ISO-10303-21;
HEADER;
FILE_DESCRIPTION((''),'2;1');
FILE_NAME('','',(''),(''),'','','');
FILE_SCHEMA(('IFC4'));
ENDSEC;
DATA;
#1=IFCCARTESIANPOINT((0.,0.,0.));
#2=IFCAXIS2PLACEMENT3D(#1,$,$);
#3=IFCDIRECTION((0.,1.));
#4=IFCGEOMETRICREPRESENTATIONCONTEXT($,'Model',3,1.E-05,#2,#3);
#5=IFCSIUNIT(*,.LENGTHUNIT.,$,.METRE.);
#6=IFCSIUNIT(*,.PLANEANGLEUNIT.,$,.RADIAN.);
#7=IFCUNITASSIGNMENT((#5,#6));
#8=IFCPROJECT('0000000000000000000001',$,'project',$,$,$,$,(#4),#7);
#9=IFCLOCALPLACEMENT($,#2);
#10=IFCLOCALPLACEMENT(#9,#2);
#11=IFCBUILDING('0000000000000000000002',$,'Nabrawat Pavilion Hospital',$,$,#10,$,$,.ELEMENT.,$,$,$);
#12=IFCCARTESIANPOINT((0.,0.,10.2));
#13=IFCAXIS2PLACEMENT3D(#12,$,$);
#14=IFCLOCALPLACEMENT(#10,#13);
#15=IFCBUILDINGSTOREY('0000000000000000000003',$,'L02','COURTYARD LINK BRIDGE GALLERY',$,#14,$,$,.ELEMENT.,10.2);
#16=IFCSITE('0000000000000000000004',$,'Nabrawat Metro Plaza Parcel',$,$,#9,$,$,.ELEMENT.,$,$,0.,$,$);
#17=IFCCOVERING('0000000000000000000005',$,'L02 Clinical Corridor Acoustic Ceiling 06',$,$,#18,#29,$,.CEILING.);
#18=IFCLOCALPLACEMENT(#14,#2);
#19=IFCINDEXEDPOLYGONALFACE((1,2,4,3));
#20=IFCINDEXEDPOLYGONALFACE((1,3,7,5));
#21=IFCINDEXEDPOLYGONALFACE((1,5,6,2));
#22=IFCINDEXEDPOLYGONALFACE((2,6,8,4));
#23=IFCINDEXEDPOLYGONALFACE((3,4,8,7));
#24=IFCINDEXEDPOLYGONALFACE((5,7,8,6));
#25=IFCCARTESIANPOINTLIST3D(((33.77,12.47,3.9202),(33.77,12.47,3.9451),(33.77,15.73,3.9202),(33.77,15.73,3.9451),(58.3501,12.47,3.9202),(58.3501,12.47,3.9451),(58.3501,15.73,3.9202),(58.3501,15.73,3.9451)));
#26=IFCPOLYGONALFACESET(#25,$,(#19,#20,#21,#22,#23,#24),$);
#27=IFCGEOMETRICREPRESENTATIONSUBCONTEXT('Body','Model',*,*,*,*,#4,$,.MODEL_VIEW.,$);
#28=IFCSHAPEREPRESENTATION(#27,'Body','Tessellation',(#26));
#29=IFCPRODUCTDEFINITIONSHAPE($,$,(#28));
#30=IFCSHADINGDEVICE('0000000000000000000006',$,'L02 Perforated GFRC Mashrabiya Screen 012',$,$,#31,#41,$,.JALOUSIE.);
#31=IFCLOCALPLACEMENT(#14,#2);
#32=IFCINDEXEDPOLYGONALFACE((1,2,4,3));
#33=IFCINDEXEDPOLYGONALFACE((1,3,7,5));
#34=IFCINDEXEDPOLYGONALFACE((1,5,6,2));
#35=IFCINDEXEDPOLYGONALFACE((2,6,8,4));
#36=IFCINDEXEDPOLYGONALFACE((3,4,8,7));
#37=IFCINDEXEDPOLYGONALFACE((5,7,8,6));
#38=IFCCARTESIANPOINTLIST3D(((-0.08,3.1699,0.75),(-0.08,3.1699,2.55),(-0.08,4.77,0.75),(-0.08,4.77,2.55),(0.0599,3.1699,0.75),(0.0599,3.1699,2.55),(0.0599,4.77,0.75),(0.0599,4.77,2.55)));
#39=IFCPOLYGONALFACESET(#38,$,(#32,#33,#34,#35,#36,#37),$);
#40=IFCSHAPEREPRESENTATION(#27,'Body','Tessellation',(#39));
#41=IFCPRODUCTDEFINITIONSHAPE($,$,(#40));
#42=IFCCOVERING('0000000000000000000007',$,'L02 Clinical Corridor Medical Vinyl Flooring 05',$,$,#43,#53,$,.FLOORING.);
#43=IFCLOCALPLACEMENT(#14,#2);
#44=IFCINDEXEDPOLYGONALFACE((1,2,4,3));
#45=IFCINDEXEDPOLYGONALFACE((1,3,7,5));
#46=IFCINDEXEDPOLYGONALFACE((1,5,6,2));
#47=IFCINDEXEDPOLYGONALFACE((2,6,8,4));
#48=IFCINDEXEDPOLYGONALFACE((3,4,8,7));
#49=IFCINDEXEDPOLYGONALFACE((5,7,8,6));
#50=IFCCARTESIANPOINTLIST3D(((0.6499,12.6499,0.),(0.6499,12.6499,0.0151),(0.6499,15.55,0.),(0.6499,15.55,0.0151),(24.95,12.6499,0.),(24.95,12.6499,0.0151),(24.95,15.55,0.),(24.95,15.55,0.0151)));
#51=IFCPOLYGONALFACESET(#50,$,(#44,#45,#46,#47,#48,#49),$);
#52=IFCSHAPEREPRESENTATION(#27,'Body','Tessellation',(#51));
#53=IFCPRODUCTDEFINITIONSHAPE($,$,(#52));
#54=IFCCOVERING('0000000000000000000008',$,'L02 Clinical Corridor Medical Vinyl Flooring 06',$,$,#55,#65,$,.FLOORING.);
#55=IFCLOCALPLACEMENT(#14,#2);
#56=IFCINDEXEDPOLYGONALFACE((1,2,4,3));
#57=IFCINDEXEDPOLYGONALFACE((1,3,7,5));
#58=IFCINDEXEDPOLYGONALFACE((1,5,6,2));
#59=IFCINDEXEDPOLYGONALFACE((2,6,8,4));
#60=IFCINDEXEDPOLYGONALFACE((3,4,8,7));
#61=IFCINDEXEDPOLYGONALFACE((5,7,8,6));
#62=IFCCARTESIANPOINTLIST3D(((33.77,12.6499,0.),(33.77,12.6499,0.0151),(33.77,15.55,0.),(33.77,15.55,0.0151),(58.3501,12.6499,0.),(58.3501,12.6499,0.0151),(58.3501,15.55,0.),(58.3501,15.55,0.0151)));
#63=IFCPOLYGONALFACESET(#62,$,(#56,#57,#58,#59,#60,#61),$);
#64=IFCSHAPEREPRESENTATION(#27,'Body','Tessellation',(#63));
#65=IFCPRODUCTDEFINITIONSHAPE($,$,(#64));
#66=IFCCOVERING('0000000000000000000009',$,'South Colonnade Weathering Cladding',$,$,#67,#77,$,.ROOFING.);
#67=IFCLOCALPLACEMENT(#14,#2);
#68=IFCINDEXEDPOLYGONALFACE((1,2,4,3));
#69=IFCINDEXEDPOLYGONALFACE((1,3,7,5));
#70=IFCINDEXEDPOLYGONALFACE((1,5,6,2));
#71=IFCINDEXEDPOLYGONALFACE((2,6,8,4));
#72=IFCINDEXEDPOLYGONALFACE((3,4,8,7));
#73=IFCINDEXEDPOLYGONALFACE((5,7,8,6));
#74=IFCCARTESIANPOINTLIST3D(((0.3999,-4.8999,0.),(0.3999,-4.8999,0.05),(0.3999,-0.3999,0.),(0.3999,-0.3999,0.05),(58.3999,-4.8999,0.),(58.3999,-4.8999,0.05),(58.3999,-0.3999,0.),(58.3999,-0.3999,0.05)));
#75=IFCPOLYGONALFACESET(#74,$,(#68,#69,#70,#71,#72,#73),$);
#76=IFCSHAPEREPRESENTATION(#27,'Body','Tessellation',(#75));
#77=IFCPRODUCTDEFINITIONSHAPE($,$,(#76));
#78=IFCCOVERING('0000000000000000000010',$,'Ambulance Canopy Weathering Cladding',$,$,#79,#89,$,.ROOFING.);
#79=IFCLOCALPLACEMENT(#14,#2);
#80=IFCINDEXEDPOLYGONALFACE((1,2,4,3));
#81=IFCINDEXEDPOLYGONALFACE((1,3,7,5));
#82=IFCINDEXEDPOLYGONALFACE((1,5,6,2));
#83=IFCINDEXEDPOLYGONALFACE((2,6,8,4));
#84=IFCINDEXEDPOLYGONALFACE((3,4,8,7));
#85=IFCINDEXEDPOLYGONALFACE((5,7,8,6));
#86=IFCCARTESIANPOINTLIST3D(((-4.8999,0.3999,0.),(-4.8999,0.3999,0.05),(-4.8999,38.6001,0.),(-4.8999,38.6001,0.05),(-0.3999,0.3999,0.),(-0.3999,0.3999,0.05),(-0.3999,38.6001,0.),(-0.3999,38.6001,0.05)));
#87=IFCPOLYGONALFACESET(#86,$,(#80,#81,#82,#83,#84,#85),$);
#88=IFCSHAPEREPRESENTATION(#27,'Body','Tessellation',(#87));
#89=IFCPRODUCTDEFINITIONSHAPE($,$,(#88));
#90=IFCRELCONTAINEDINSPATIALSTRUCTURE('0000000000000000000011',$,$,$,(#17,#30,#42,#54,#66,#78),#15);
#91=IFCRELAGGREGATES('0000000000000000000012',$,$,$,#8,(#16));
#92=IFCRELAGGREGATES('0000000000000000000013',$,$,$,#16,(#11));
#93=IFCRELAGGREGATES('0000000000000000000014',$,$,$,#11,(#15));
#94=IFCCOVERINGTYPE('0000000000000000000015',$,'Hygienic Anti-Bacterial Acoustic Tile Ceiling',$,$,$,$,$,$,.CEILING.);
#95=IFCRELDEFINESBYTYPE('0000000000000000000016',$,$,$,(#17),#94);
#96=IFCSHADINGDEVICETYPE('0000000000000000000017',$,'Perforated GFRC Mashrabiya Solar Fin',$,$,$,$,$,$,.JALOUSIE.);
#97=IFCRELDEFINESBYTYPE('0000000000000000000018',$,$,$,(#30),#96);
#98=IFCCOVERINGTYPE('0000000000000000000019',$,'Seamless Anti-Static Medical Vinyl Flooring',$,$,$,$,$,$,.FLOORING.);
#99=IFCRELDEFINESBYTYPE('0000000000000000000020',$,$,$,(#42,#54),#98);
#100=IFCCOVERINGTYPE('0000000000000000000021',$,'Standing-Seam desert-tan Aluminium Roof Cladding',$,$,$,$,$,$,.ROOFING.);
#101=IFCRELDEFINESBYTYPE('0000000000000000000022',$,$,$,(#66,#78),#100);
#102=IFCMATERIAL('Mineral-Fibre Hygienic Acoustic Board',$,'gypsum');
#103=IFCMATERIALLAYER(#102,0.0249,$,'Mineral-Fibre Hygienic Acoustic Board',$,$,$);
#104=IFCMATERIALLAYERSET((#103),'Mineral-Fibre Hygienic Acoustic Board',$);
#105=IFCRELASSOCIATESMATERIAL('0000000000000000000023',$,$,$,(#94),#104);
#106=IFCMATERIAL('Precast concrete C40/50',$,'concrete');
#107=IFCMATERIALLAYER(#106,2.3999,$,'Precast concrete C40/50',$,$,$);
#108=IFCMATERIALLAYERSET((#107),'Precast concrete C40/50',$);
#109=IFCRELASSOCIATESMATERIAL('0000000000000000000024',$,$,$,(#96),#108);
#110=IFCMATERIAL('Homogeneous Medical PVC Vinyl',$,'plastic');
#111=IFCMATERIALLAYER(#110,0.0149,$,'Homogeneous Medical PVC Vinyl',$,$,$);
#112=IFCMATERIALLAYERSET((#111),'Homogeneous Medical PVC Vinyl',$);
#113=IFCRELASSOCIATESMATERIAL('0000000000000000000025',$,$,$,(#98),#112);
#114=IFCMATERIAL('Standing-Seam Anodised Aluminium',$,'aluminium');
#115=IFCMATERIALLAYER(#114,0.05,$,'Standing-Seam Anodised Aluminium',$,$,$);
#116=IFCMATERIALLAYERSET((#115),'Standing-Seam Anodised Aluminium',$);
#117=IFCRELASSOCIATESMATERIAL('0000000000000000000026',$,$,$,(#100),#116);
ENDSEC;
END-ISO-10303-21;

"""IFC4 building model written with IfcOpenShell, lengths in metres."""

from ifc_helpers import new_model, si_unit, direction, frame, origin, origin_2d, place, context, subcontext, project, spatial, polyline, rectangle, outline, extrude, material, layer, layer_set, type_object, element, save


model = new_model("IFC4")

# Units and contexts
model_context = context("Model", 3, precision=1e-05, world=origin(), true_north=direction((0.0, 1.0)))
body_context = subcontext(model_context, "Body", "Model", "MODEL_VIEW")
ifc_project = project(units=[si_unit("LENGTHUNIT", "METRE"), si_unit("PLANEANGLEUNIT", "RADIAN")], contexts=[model_context])

# Site, building, storey
site_placement = place(None, origin())
site = spatial("IfcSite", under=ifc_project, at=site_placement, Name="Nabrawat Metro Plaza Parcel", CompositionType="ELEMENT", RefElevation=0.0)
building_placement = place(site_placement, origin())
building = spatial("IfcBuilding", under=site, at=building_placement, Name="Nabrawat Pavilion Hospital", CompositionType="ELEMENT")
storey_placement = place(building_placement, frame((0.0, 0.0, 10.2)))
storey = spatial("IfcBuildingStorey", under=building, at=storey_placement, Name="L02", Description="COURTYARD LINK BRIDGE GALLERY", CompositionType="ELEMENT", Elevation=10.2)

# Shared definitions
ifc_material_1 = material(Name="Precast concrete C40/50", Category="concrete")

# Covering
ifc_material_2 = material(Name="Mineral-Fibre Hygienic Acoustic Board", Category="gypsum")
ifc_layer_1 = layer(ifc_material_2, 0.0249, Name="Mineral-Fibre Hygienic Acoustic Board")
ifc_layer_set_1 = layer_set([ifc_layer_1], Name="Mineral-Fibre Hygienic Acoustic Board")
covering_type_1 = type_object("IfcCoveringType", Name="Hygienic Anti-Bacterial Acoustic Tile Ceiling", PredefinedType="CEILING", material=ifc_layer_set_1)
covering_1_placement = place(storey_placement, frame((0.0, 0.0, 3.9202)))
element("IfcCovering", 1, at=covering_1_placement, inside=storey, type_object=covering_type_1, Name="L02 Clinical Corridor Acoustic Ceiling 06", PredefinedType="CEILING", context=body_context, shape_type="SweptSolid", body=[
    extrude(outline(polyline([(58.3501, 12.47), (58.3501, 15.73), (33.77, 15.73), (33.77, 12.47), (58.3501, 12.47)])), origin(), (0.0, 0.0, 1.0), 0.0249),
])

# Shading device
ifc_layer_2 = layer(ifc_material_1, 2.3999, Name="Precast concrete C40/50")
ifc_layer_set_2 = layer_set([ifc_layer_2], Name="Precast concrete C40/50")
shading_device_type = type_object("IfcShadingDeviceType", Name="Perforated GFRC Mashrabiya Solar Fin", PredefinedType="JALOUSIE", material=ifc_layer_set_2)
shading_device_placement = place(storey_placement, frame((-0.01, 3.97, 0.75), z_axis=(0.0, 0.0, 1.0), x_axis=(0.0, 1.0, 0.0)))
element("IfcShadingDevice", 2, at=shading_device_placement, inside=storey, type_object=shading_device_type, Name="L02 Perforated GFRC Mashrabiya Screen 012", PredefinedType="JALOUSIE", context=body_context, shape_type="SweptSolid", body=[
    extrude(rectangle(XDim=1.6001, YDim=0.1399, at=origin_2d()), origin(), (0.0, 0.0, 1.0), 1.8),
])

# Coverings
ifc_material_3 = material(Name="Homogeneous Medical PVC Vinyl", Category="plastic")
ifc_layer_3 = layer(ifc_material_3, 0.0149, Name="Homogeneous Medical PVC Vinyl")
ifc_layer_set_3 = layer_set([ifc_layer_3], Name="Homogeneous Medical PVC Vinyl")
covering_type_2 = type_object("IfcCoveringType", Name="Seamless Anti-Static Medical Vinyl Flooring", PredefinedType="FLOORING", material=ifc_layer_set_3)
covering_2_placement = place(storey_placement, origin())
element("IfcCovering", 3, at=covering_2_placement, inside=storey, type_object=covering_type_2, Name="L02 Clinical Corridor Medical Vinyl Flooring 05", PredefinedType="FLOORING", context=body_context, shape_type="SweptSolid", body=[
    extrude(outline(polyline([(24.95, 12.6499), (24.95, 15.55), (0.6499, 15.55), (0.6499, 12.6499), (24.95, 12.6499)])), origin(), (0.0, 0.0, 1.0), 0.0151),
])
covering_3_placement = place(storey_placement, origin())
element("IfcCovering", 4, at=covering_3_placement, inside=storey, type_object=covering_type_2, Name="L02 Clinical Corridor Medical Vinyl Flooring 06", PredefinedType="FLOORING", context=body_context, shape_type="SweptSolid", body=[
    extrude(outline(polyline([(58.3501, 12.6499), (58.3501, 15.55), (33.77, 15.55), (33.77, 12.6499), (58.3501, 12.6499)])), origin(), (0.0, 0.0, 1.0), 0.0151),
])
ifc_material_4 = material(Name="Standing-Seam Anodised Aluminium", Category="aluminium")
ifc_layer_4 = layer(ifc_material_4, 0.05, Name="Standing-Seam Anodised Aluminium")
ifc_layer_set_4 = layer_set([ifc_layer_4], Name="Standing-Seam Anodised Aluminium")
covering_type_3 = type_object("IfcCoveringType", Name="Standing-Seam desert-tan Aluminium Roof Cladding", PredefinedType="ROOFING", material=ifc_layer_set_4)
covering_4_placement = place(storey_placement, origin())
element("IfcCovering", 5, at=covering_4_placement, inside=storey, type_object=covering_type_3, Name="South Colonnade Weathering Cladding", PredefinedType="ROOFING", context=body_context, shape_type="SweptSolid", body=[
    extrude(outline(polyline([(58.3999, -4.8999), (58.3999, -0.3999), (0.3999, -0.3999), (0.3999, -4.8999), (58.3999, -4.8999)])), origin(), (0.0, 0.0, 1.0), 0.05),
])
covering_5_placement = place(storey_placement, origin())
element("IfcCovering", 6, at=covering_5_placement, inside=storey, type_object=covering_type_3, Name="Ambulance Canopy Weathering Cladding", PredefinedType="ROOFING", context=body_context, shape_type="SweptSolid", body=[
    extrude(outline(polyline([(-0.3999, 0.3999), (-0.3999, 38.6001), (-4.8999, 38.6001), (-4.8999, 0.3999), (-0.3999, 0.3999)])), origin(), (0.0, 0.0, 1.0), 0.05),
])

save(model, "model.ifc")
